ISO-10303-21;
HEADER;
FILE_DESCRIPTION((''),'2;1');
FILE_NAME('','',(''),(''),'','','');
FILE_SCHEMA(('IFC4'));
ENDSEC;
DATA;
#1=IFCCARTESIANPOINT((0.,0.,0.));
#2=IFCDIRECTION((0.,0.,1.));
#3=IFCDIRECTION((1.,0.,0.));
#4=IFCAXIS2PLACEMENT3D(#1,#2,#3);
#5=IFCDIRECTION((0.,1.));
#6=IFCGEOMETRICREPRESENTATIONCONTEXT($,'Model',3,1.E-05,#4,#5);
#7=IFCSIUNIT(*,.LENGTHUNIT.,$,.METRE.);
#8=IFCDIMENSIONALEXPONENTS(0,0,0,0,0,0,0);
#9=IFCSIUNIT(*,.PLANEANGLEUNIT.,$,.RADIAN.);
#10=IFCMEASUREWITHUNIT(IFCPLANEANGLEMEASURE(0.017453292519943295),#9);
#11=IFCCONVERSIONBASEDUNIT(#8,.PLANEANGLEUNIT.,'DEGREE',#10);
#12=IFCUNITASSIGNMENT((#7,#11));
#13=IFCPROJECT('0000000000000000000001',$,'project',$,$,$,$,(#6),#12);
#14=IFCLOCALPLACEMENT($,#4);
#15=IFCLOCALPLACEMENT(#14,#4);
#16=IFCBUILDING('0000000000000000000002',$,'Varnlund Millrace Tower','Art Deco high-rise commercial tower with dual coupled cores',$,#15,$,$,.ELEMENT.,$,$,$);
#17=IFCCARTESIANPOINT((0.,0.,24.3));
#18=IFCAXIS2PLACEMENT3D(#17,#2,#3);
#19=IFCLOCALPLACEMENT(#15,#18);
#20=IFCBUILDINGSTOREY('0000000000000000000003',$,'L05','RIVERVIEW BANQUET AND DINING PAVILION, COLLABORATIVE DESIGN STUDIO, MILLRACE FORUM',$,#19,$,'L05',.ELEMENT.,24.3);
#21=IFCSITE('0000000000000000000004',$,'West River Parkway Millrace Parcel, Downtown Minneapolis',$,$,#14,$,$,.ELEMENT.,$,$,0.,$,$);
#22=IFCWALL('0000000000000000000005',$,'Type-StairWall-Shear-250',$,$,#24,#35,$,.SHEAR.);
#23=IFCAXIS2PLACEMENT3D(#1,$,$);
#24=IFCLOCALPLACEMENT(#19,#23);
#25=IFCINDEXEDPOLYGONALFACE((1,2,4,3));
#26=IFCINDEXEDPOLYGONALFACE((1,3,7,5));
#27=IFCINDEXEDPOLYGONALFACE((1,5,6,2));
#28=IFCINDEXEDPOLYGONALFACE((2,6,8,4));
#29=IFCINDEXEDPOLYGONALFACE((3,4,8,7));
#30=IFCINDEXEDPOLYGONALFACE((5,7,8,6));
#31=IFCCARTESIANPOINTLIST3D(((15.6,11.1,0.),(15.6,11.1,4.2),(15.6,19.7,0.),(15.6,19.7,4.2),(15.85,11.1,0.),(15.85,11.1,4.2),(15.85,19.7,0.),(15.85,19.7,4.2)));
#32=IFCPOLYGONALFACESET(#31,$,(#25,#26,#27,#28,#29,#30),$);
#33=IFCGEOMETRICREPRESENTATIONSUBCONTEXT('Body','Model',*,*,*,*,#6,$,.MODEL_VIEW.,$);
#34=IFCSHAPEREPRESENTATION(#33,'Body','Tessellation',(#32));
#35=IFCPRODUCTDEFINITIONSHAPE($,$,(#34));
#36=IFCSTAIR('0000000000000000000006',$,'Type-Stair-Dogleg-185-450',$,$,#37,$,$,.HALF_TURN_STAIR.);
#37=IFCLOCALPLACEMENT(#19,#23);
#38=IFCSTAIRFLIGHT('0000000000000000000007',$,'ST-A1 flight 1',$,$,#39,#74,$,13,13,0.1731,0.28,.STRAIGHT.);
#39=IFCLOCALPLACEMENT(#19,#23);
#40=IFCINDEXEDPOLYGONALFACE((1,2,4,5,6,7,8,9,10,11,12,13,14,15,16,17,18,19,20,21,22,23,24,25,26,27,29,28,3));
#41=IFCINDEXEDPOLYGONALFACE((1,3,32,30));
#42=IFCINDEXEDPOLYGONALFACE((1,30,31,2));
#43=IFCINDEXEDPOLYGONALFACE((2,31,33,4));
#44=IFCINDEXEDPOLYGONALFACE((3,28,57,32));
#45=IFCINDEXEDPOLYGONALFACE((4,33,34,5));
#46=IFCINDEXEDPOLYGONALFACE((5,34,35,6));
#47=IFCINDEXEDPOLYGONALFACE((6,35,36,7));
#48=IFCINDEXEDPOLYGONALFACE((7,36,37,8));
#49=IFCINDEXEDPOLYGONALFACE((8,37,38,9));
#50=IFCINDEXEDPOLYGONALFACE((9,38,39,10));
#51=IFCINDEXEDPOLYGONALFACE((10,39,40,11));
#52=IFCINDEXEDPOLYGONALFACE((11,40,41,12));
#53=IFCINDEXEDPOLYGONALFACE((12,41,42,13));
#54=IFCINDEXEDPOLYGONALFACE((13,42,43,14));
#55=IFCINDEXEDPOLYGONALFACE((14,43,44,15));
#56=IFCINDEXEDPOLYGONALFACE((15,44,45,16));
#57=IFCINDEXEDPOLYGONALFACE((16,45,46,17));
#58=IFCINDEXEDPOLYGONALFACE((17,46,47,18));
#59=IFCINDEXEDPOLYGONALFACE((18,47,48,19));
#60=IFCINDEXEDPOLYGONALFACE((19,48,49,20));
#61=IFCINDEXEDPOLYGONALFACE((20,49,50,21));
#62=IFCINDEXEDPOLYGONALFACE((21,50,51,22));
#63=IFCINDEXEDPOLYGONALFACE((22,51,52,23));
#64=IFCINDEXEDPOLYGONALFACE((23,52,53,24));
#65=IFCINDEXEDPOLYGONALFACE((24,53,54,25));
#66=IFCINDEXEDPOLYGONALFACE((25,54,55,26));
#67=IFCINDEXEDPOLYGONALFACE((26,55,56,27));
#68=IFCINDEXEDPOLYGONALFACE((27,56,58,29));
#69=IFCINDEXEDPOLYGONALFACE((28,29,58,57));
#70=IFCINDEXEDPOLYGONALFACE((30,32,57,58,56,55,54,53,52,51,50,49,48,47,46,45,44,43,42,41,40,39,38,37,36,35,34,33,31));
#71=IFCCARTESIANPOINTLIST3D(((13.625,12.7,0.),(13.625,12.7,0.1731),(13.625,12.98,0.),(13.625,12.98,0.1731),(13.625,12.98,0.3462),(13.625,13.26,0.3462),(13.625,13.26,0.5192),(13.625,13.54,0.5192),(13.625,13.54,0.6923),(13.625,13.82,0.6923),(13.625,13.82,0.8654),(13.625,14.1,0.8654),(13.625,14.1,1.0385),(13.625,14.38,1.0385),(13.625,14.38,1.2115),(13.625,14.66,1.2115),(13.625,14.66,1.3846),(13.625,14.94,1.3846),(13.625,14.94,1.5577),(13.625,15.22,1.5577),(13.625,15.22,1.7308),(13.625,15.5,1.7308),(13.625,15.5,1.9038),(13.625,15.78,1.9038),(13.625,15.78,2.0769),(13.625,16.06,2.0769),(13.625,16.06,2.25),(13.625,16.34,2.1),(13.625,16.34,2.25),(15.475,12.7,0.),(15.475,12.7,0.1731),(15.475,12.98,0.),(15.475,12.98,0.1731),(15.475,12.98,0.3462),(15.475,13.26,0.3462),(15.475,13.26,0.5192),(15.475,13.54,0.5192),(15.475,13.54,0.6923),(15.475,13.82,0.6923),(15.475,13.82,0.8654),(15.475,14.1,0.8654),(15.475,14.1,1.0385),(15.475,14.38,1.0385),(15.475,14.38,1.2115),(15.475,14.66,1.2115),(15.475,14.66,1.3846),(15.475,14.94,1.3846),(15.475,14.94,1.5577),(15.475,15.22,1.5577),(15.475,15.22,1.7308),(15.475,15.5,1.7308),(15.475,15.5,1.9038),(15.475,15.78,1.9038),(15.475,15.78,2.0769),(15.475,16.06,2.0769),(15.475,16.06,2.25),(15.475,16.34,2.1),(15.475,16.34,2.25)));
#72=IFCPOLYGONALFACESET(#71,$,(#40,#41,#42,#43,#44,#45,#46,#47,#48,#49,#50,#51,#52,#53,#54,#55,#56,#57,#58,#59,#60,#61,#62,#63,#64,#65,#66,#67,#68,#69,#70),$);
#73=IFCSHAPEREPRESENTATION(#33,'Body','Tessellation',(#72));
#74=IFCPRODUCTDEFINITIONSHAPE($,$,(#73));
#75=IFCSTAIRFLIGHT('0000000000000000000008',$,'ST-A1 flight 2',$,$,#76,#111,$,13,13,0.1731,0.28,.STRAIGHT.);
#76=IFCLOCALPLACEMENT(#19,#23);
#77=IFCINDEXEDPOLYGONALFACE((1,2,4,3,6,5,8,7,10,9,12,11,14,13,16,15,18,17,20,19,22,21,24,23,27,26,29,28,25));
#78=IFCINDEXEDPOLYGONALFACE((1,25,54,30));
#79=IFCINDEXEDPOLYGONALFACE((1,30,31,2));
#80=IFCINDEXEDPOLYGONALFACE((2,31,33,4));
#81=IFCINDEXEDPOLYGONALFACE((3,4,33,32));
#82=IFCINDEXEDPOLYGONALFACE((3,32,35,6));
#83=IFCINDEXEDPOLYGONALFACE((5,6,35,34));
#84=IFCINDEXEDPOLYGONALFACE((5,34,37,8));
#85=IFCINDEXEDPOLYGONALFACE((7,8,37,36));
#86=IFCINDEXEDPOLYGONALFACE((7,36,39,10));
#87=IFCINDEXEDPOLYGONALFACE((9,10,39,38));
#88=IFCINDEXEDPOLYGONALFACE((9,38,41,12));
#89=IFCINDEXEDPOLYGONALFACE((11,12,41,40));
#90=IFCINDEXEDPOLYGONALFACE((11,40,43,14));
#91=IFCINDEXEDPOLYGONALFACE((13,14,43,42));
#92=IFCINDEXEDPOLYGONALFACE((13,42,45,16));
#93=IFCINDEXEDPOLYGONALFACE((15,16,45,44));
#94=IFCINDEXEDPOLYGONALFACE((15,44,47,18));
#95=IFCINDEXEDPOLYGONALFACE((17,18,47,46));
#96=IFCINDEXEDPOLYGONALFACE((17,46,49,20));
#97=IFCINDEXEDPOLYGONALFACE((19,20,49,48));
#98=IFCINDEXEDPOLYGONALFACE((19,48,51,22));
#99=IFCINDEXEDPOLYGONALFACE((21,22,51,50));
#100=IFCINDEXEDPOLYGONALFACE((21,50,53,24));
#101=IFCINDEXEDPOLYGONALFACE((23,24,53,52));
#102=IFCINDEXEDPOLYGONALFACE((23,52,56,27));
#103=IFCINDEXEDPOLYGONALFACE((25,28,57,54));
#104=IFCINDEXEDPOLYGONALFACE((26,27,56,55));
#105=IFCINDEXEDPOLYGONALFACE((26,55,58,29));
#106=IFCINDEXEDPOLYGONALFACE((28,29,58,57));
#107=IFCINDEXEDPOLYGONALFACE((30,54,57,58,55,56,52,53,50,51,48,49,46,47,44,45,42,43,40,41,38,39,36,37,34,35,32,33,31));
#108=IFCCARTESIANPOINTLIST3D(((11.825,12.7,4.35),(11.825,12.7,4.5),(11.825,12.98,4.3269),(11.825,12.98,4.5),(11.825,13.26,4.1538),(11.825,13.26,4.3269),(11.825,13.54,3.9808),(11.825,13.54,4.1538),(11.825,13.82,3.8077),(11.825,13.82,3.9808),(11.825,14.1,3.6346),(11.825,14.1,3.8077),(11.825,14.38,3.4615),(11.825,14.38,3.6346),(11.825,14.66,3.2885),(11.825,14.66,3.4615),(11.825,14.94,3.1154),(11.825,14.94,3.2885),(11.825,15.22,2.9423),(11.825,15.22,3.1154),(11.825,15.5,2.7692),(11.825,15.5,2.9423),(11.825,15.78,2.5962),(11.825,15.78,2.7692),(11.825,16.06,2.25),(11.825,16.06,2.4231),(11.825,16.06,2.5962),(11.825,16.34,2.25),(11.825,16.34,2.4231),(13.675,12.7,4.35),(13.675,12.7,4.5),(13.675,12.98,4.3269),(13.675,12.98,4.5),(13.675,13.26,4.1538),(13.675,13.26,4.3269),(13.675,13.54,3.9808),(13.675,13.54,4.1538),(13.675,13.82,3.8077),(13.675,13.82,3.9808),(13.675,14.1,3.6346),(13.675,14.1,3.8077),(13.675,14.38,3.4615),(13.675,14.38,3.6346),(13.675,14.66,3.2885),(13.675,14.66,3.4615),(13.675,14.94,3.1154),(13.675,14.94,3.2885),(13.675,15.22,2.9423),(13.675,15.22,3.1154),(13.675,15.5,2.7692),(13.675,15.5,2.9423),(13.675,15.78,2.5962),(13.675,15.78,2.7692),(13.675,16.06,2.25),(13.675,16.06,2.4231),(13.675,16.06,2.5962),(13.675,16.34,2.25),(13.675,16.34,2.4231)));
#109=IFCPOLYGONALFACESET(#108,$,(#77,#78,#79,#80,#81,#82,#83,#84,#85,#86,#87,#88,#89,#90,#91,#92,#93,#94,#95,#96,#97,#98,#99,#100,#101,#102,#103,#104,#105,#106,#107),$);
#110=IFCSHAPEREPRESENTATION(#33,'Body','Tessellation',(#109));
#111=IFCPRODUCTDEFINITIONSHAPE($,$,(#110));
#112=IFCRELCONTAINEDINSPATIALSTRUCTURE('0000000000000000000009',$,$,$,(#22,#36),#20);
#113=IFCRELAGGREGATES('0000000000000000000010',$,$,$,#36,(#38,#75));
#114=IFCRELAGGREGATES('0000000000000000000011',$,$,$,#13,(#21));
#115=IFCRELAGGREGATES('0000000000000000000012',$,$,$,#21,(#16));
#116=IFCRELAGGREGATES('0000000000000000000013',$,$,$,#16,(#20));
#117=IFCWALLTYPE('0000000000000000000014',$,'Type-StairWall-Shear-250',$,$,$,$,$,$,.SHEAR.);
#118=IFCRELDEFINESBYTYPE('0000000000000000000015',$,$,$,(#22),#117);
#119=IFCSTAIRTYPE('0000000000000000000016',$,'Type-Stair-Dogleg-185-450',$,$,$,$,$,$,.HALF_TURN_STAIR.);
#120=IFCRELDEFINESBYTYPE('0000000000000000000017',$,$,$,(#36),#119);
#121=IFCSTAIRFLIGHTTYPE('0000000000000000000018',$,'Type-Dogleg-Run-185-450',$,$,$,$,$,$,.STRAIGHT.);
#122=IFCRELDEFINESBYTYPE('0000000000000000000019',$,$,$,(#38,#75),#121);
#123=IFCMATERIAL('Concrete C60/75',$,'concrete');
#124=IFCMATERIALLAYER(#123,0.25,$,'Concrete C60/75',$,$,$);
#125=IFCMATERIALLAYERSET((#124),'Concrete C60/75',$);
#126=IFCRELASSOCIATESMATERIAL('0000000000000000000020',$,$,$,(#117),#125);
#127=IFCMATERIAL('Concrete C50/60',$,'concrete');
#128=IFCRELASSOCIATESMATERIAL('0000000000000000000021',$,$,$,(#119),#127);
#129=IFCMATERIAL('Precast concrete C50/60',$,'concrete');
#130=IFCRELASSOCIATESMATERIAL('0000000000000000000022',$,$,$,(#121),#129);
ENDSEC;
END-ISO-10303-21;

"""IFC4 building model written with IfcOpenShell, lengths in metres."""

from ifc_helpers import new_model, entity, si_unit, converted_unit, direction, frame, origin_with_axes, place, context, subcontext, project, spatial, polyline, outline, extrude, material, layer, layer_set, type_object, element, aggregate, save


model = new_model("IFC4")

# Units and contexts
model_context = context("Model", 3, precision=1e-05, world=origin_with_axes(), true_north=direction((0.0, 1.0)))
body_context = subcontext(model_context, "Body", "Model", "MODEL_VIEW")
ifc_project = project(units=[si_unit("LENGTHUNIT", "METRE"), converted_unit("PLANEANGLEUNIT", "DEGREE", entity("IfcPlaneAngleMeasure", 0.017453292519943295), si_unit("PLANEANGLEUNIT", "RADIAN"), dimensions=[0, 0, 0, 0, 0, 0, 0])], contexts=[model_context])

# Site, building, storey
site_placement = place(None, origin_with_axes())
site = spatial("IfcSite", under=ifc_project, at=site_placement, Name="West River Parkway Millrace Parcel, Downtown Minneapolis", CompositionType="ELEMENT", RefElevation=0.0)
building_placement = place(site_placement, origin_with_axes())
building = spatial("IfcBuilding", under=site, at=building_placement, Name="Varnlund Millrace Tower", Description="Art Deco high-rise commercial tower with dual coupled cores", CompositionType="ELEMENT")
storey_placement = place(building_placement, frame((0.0, 0.0, 24.3), z_axis=(0.0, 0.0, 1.0), x_axis=(1.0, 0.0, 0.0)))
storey = spatial("IfcBuildingStorey", under=building, at=storey_placement, Name="L05", Description="RIVERVIEW BANQUET AND DINING PAVILION, COLLABORATIVE DESIGN STUDIO, MILLRACE FORUM", LongName="L05", CompositionType="ELEMENT", Elevation=24.3)

# Wall
ifc_material_1 = material(Name="Concrete C60/75", Category="concrete")
ifc_layer_1 = layer(ifc_material_1, 0.25, Name="Concrete C60/75")
ifc_layer_set_1 = layer_set([ifc_layer_1], Name="Concrete C60/75")
wall_type_1 = type_object("IfcWallType", Name="Type-StairWall-Shear-250", PredefinedType="SHEAR", material=ifc_layer_set_1)
wall_1_placement = place(storey_placement, frame((15.725, 11.1, 0.0), z_axis=(0.0, 0.0, 1.0), x_axis=(0.0, 1.0, 0.0)))
element("IfcWall", 1, at=wall_1_placement, inside=storey, type_object=wall_type_1, Name="Type-StairWall-Shear-250", PredefinedType="SHEAR", context=body_context, shape_type="SweptSolid", body=[
    extrude(outline(polyline([(0.0, -0.125), (8.6, -0.125), (8.6, 0.125), (0.0, 0.125), (0.0, -0.125)])), origin_with_axes(), (0.0, 0.0, 1.0), 4.2),
])

# Stair, stair flights
ifc_material_2 = material(Name="Concrete C50/60", Category="concrete")
stair_type = type_object("IfcStairType", Name="Type-Stair-Dogleg-185-450", PredefinedType="HALF_TURN_STAIR", material=ifc_material_2)
stair_placement = place(storey_placement, origin_with_axes())
stair = element("IfcStair", 2, at=stair_placement, inside=storey, type_object=stair_type, Name="Type-Stair-Dogleg-185-450", PredefinedType="HALF_TURN_STAIR")
ifc_material_3 = material(Name="Precast concrete C50/60", Category="concrete")
stair_flight_type = type_object("IfcStairFlightType", Name="Type-Dogleg-Run-185-450", PredefinedType="STRAIGHT", material=ifc_material_3)
stair_flight_1_placement = place(storey_placement, frame((13.625, 12.7, 0.0), z_axis=(1.0, 0.0, 0.0), x_axis=(0.0, 1.0, 0.0)))
stair_flight_1 = element("IfcStairFlight", 3, at=stair_flight_1_placement, type_object=stair_flight_type, Name="ST-A1 flight 1", NumberOfRisers=13, NumberOfTreads=13, PredefinedType="STRAIGHT", RiserHeight=0.1731, TreadLength=0.28, context=body_context, shape_type="SweptSolid", body=[
    extrude(outline(polyline([(0.0, 0.0), (0.0, 0.1731), (0.28, 0.1731), (0.28, 0.3462), (0.56, 0.3462), (0.56, 0.5192), (0.84, 0.5192), (0.84, 0.6923), (1.12, 0.6923), (1.12, 0.8654), (1.4, 0.8654), (1.4, 1.0385), (1.68, 1.0385), (1.68, 1.2115), (1.96, 1.2115), (1.96, 1.3846), (2.24, 1.3846), (2.24, 1.5577), (2.52, 1.5577), (2.52, 1.7308), (2.8, 1.7308), (2.8, 1.9038), (3.08, 1.9038), (3.08, 2.0769), (3.36, 2.0769), (3.36, 2.25), (3.64, 2.25), (3.64, 2.1), (0.28, 0.0), (0.0, 0.0)])), origin_with_axes(), (0.0, 0.0, 1.0), 1.85),
])
stair_flight_2_placement = place(storey_placement, frame((13.675, 16.34, 2.25), z_axis=(-1.0, 0.0, 0.0), x_axis=(0.0, -1.0, 0.0)))
stair_flight_2 = element("IfcStairFlight", 4, at=stair_flight_2_placement, type_object=stair_flight_type, Name="ST-A1 flight 2", NumberOfRisers=13, NumberOfTreads=13, PredefinedType="STRAIGHT", RiserHeight=0.1731, TreadLength=0.28, context=body_context, shape_type="SweptSolid", body=[
    extrude(outline(polyline([(0.0, 0.0), (0.0, 0.1731), (0.28, 0.1731), (0.28, 0.3462), (0.56, 0.3462), (0.56, 0.5192), (0.84, 0.5192), (0.84, 0.6923), (1.12, 0.6923), (1.12, 0.8654), (1.4, 0.8654), (1.4, 1.0385), (1.68, 1.0385), (1.68, 1.2115), (1.96, 1.2115), (1.96, 1.3846), (2.24, 1.3846), (2.24, 1.5577), (2.52, 1.5577), (2.52, 1.7308), (2.8, 1.7308), (2.8, 1.9038), (3.08, 1.9038), (3.08, 2.0769), (3.36, 2.0769), (3.36, 2.25), (3.64, 2.25), (3.64, 2.1), (0.28, 0.0), (0.0, 0.0)])), origin_with_axes(), (0.0, 0.0, 1.0), 1.85),
])
aggregate(stair, [stair_flight_1, stair_flight_2])

save(model, "model.ifc")
